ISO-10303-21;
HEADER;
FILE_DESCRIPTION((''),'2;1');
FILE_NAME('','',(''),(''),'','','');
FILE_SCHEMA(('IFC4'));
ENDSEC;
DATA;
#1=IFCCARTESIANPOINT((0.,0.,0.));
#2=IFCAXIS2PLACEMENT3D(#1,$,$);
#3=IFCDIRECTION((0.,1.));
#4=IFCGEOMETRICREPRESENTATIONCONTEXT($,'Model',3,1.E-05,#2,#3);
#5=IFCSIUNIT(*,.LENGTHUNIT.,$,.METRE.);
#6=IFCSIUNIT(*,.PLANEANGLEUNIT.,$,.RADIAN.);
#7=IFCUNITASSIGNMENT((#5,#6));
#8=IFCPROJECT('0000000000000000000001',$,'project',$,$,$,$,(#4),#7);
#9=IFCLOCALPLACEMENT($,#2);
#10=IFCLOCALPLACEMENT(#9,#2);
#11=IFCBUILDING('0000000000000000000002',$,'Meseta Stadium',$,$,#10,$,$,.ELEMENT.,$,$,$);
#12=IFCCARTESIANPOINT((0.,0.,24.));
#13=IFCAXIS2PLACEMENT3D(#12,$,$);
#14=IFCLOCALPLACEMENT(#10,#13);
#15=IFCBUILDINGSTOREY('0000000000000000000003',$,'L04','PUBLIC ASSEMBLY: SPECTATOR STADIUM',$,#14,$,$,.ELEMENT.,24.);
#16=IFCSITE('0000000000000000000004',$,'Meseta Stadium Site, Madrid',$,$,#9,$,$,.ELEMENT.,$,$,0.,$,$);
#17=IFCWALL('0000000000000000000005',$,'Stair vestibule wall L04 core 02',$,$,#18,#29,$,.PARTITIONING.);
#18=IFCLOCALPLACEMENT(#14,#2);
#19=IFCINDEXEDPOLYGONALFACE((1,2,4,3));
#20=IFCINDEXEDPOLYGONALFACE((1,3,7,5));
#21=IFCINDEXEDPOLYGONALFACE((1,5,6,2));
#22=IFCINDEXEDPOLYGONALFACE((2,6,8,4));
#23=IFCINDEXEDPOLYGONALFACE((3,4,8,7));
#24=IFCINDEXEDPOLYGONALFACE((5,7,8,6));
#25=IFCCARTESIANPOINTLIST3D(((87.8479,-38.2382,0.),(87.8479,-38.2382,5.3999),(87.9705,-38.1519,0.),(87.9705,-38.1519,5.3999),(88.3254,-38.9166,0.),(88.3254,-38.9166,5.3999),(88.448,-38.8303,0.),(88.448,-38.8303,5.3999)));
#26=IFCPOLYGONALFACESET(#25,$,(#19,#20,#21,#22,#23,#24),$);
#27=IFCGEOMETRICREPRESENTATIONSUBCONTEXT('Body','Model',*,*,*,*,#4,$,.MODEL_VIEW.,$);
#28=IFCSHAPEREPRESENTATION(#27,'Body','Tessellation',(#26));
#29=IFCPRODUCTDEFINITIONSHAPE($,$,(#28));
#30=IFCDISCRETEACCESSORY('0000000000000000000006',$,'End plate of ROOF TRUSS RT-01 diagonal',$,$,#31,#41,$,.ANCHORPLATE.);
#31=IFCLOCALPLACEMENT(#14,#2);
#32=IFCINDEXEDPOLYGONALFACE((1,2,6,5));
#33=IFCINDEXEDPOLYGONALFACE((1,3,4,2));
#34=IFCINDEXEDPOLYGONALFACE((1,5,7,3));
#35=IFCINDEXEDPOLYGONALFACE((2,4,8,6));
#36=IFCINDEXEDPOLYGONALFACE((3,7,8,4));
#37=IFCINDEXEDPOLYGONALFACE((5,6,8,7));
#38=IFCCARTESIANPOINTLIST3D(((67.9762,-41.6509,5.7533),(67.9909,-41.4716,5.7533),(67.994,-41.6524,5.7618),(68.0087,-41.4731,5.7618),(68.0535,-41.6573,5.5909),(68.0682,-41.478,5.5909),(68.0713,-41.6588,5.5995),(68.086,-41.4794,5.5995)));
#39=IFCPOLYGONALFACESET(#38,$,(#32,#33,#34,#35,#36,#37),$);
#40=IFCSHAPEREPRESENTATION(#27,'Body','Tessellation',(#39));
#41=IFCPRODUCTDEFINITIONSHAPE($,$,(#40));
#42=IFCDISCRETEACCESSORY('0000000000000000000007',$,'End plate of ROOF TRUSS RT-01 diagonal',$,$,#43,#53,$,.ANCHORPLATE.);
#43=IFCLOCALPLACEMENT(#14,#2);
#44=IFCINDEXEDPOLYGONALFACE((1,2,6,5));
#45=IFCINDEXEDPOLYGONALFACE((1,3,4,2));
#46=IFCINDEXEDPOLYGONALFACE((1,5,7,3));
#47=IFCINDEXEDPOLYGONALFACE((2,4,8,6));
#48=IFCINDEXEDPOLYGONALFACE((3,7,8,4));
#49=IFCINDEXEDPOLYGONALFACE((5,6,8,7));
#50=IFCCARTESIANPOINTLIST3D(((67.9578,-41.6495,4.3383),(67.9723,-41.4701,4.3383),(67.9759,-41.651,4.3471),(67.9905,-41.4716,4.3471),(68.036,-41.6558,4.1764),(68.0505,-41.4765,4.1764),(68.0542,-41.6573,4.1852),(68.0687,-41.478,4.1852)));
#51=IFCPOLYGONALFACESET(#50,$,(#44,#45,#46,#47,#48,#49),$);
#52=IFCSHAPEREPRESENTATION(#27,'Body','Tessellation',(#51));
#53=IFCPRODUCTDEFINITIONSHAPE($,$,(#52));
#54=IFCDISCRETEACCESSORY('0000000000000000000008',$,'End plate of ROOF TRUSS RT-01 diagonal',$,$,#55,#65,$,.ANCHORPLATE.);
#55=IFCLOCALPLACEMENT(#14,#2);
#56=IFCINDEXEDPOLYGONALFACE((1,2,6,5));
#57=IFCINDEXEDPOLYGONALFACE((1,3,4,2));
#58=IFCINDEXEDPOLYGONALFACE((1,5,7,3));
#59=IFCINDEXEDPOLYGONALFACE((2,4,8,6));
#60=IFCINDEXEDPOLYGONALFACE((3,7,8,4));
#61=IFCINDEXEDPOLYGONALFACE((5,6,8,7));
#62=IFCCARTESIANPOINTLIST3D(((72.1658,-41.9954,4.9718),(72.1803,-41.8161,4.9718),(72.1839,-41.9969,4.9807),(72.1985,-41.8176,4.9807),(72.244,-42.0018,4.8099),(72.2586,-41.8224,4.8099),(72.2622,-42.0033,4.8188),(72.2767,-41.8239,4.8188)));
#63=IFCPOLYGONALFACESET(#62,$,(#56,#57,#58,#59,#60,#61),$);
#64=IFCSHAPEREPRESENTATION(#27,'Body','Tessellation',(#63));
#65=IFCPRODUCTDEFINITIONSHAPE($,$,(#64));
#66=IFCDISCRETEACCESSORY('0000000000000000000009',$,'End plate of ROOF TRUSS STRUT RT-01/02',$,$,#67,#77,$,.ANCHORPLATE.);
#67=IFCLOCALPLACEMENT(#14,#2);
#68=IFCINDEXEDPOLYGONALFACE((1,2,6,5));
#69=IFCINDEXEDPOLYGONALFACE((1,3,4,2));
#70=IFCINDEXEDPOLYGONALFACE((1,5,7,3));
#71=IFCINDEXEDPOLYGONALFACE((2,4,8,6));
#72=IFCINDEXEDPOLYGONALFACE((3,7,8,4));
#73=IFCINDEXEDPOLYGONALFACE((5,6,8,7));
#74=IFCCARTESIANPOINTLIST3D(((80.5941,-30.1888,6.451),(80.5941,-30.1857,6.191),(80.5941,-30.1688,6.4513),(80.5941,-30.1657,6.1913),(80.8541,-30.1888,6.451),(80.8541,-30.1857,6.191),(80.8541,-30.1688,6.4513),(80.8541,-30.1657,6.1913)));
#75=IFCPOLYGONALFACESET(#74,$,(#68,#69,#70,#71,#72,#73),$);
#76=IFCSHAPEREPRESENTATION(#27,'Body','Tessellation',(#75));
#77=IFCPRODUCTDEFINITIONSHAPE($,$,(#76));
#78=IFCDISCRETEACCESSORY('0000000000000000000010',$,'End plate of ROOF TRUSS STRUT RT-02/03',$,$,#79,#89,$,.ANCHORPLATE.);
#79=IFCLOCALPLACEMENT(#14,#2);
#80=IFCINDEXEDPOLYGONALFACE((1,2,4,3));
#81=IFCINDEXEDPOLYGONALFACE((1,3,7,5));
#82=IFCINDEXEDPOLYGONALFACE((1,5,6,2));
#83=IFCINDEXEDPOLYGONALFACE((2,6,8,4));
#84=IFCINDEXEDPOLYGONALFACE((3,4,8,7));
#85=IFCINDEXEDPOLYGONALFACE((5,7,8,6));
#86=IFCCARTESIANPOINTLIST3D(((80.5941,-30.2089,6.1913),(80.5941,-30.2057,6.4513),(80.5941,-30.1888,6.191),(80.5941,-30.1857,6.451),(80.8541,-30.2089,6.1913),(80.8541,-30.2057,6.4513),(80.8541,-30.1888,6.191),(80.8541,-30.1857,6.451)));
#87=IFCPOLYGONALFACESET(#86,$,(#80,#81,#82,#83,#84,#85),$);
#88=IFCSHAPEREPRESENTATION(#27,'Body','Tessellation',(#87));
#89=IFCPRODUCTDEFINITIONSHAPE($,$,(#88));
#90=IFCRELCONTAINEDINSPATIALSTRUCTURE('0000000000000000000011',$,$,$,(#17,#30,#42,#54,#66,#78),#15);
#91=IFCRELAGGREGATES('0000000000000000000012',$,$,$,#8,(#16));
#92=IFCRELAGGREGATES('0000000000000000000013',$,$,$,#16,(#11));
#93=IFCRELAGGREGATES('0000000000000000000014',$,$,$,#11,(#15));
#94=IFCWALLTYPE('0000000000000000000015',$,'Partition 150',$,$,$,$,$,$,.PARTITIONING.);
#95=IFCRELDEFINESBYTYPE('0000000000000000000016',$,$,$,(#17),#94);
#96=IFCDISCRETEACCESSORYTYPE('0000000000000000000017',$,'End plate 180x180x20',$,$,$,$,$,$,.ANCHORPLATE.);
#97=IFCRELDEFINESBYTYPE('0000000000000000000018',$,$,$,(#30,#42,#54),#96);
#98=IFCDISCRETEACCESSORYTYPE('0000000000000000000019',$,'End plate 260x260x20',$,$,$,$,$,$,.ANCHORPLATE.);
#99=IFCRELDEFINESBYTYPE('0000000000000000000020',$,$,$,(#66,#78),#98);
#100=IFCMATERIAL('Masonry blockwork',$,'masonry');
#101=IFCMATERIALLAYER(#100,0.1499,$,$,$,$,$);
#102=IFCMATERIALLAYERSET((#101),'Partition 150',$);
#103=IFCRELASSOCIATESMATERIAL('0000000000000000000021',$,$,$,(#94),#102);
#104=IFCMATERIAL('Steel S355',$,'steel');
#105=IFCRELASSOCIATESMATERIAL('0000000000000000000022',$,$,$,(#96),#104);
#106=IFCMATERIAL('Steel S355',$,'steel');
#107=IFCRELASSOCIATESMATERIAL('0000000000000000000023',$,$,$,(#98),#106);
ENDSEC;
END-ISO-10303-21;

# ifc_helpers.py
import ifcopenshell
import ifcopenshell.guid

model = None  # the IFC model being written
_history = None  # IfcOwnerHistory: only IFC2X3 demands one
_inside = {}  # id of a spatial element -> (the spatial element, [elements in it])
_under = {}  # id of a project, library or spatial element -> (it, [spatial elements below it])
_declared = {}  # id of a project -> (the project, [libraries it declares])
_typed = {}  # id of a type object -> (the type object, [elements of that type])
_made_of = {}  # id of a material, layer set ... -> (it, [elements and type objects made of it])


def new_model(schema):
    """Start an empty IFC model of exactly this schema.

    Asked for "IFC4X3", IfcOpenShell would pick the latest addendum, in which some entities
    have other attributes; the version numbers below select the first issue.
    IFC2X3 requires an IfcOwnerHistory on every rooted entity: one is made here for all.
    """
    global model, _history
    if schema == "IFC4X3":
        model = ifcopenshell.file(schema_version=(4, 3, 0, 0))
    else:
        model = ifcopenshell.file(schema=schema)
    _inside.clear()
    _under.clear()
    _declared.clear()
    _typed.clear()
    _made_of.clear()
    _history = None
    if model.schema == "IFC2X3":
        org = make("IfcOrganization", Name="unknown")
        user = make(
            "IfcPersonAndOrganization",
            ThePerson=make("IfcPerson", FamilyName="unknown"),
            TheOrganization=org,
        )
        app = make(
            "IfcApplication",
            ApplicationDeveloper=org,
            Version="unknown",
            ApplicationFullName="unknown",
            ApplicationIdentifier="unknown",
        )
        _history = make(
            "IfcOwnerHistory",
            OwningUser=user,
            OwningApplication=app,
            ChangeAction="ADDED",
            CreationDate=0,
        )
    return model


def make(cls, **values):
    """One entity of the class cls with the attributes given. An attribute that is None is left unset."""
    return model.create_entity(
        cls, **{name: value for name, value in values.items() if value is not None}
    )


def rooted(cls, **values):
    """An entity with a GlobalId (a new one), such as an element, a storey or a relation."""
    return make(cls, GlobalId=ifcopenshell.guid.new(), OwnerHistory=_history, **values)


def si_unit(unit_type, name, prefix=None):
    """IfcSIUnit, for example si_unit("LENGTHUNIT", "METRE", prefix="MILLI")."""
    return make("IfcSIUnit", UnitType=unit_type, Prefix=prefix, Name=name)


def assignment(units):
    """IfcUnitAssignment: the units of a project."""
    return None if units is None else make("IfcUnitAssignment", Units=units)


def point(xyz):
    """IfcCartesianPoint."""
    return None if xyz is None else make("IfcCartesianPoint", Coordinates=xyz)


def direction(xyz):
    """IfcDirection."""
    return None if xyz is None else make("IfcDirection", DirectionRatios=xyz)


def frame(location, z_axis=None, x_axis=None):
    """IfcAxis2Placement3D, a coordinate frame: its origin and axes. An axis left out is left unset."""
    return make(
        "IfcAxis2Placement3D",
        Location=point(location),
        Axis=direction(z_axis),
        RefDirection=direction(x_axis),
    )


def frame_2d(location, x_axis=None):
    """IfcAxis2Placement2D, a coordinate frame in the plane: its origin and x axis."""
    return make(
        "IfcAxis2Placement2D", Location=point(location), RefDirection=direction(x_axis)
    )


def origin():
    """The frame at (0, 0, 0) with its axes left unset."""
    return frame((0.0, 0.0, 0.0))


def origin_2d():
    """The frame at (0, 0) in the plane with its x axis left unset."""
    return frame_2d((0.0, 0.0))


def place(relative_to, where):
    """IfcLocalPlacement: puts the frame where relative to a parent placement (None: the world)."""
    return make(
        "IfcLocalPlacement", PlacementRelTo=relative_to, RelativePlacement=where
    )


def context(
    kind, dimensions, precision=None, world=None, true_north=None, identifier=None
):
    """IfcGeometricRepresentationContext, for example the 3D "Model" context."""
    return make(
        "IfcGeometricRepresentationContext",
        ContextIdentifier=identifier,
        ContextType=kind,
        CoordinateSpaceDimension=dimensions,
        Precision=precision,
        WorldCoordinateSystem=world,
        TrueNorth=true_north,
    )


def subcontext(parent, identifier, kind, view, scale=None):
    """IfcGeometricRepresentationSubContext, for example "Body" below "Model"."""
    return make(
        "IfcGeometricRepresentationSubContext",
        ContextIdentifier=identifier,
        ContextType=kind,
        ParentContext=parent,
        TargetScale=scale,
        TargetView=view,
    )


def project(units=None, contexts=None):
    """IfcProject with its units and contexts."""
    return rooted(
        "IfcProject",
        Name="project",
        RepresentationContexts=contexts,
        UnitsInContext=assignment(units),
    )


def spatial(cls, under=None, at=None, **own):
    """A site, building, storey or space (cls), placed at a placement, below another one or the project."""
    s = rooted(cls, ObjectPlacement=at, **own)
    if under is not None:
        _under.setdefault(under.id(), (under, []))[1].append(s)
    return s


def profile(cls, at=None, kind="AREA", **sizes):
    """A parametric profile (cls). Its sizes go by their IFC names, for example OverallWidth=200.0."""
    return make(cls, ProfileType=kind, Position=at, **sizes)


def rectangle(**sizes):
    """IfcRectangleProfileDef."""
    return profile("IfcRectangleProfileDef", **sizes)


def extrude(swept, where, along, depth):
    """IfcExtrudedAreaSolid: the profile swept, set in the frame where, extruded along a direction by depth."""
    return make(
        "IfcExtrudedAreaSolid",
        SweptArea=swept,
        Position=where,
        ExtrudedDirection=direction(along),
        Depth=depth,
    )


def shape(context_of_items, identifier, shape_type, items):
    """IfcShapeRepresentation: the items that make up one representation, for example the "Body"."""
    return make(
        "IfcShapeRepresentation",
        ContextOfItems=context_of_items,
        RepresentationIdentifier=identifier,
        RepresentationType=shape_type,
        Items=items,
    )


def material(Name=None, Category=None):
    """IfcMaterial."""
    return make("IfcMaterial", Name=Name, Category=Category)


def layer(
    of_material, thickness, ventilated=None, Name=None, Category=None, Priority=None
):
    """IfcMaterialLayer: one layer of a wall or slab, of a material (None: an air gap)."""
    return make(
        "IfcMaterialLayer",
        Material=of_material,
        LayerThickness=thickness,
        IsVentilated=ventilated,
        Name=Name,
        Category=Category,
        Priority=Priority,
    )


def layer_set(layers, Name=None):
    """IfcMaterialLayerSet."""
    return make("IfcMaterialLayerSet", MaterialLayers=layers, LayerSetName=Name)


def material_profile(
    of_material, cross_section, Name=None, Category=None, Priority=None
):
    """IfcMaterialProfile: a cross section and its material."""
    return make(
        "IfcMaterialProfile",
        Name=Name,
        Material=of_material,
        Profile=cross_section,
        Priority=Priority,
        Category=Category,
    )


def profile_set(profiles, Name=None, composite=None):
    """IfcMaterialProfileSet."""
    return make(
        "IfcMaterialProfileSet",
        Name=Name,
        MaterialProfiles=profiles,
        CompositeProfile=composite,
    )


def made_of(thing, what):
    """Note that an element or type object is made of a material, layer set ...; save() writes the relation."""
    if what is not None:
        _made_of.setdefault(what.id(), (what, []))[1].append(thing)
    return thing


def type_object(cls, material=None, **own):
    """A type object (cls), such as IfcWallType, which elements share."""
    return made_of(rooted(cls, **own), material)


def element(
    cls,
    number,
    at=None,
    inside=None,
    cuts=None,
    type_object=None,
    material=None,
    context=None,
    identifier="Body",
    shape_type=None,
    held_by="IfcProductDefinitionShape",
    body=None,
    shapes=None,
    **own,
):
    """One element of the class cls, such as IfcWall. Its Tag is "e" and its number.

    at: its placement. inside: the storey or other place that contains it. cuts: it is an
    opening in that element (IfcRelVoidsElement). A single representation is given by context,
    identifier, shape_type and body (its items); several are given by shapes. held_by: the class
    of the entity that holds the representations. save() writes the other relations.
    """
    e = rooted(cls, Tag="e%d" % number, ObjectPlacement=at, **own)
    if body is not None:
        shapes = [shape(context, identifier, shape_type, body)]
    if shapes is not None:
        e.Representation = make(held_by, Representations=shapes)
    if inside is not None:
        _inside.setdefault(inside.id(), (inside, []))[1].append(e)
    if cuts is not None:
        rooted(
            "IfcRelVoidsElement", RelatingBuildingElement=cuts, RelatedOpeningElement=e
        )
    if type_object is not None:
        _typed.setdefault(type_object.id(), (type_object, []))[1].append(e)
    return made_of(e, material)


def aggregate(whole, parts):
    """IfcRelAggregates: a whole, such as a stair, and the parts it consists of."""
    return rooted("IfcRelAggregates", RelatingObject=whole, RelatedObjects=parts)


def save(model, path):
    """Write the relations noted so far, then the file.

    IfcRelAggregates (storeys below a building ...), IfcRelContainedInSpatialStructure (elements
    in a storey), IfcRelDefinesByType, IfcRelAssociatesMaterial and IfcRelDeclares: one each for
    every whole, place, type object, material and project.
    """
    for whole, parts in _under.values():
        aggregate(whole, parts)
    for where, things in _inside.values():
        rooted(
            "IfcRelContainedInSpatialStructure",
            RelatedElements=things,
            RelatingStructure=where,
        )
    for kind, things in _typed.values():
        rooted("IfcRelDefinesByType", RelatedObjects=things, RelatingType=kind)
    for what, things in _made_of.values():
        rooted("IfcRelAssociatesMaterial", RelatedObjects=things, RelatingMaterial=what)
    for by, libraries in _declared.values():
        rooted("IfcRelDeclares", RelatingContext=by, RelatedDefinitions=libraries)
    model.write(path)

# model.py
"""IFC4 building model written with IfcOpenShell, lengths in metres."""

from ifc_helpers import new_model, si_unit, direction, frame, frame_2d, origin, origin_2d, place, context, subcontext, project, spatial, rectangle, extrude, material, layer, layer_set, material_profile, profile_set, type_object, element, save


model = new_model("IFC4")

# Units and contexts
model_context = context("Model", 3, precision=1e-05, world=origin(), true_north=direction((0.0, 1.0)))
body_context = subcontext(model_context, "Body", "Model", "MODEL_VIEW")
ifc_project = project(units=[si_unit("LENGTHUNIT", "METRE"), si_unit("PLANEANGLEUNIT", "RADIAN")], contexts=[model_context])

# Site, building, storey
site_placement = place(None, origin())
site = spatial("IfcSite", under=ifc_project, at=site_placement, Name="Meseta Stadium Site, Madrid", CompositionType="ELEMENT", RefElevation=0.0)
building_placement = place(site_placement, origin())
building = spatial("IfcBuilding", under=site, at=building_placement, Name="Meseta Stadium", CompositionType="ELEMENT")
storey_placement = place(building_placement, frame((0.0, 0.0, 24.0)))
storey = spatial("IfcBuildingStorey", under=building, at=storey_placement, Name="L04", Description="PUBLIC ASSEMBLY: SPECTATOR STADIUM", CompositionType="ELEMENT", Elevation=24.0)

# Shared definitions
ifc_material_1 = material(Name="Masonry blockwork", Category="masonry")
ifc_layer_1 = layer(ifc_material_1, 0.1499)
ifc_layer_set_1 = layer_set([ifc_layer_1], Name="Partition 150")
wall_type_1 = type_object("IfcWallType", Name="Partition 150", PredefinedType="PARTITIONING", material=ifc_layer_set_1)

# Wall
wall_1_placement = place(storey_placement, frame((87.9092, -38.1951, 0.0), z_axis=(0.0, 0.0, 1.0), x_axis=(0.575574, -0.81775, 0.0)))
element("IfcWall", 1, at=wall_1_placement, inside=storey, type_object=wall_type_1, Name="Stair vestibule wall L04 core 02", PredefinedType="PARTITIONING", context=body_context, shape_type="SweptSolid", body=[
    extrude(rectangle(XDim=0.8296, YDim=0.1499, at=frame_2d((0.4148, 0.0))), origin(), (0.0, 0.0, 1.0), 5.3999),
])

# Discrete accessories
ifc_material_2 = material(Name="Steel S355", Category="steel")
ifc_material_profile_1 = material_profile(ifc_material_2, rectangle(XDim=0.1799, YDim=0.1799, at=origin_2d()), Name="PL 180x180")
ifc_profile_set_1 = profile_set([ifc_material_profile_1], Name="Steel S355")
discrete_accessory_type_1 = type_object("IfcDiscreteAccessoryType", Name="End plate 180x180x20", PredefinedType="ANCHORPLATE", material=ifc_profile_set_1)
discrete_accessory_placement = place(storey_placement, frame((68.0222, -41.5645, 5.6721), z_axis=(0.899249, -0.073911, 0.431147), x_axis=(0.081916, 0.996639, 0.0)))
element("IfcDiscreteAccessory", 2, at=discrete_accessory_placement, inside=storey, type_object=discrete_accessory_type_1, Name="End plate of ROOF TRUSS RT-01 diagonal", PredefinedType="ANCHORPLATE", context=body_context, shape_type="SweptSolid", body=[
    extrude(rectangle(XDim=0.1799, YDim=0.1799, at=origin_2d()), origin(), (0.0, 0.0, 1.0), 0.0198),
])
for number, where, z_axis, x_axis, name in (
    (3, (68.0042, -41.563, 4.2573), (0.896854, -0.072718, 0.436308), (0.080816, 0.996729, 0.0), "End plate of ROOF TRUSS RT-01 diagonal"),
    (4, (72.2122, -41.9089, 4.8909), (0.896854, -0.072718, 0.436308), (0.080816, 0.996729, 0.0), "End plate of ROOF TRUSS RT-01 diagonal"),
):
    element("IfcDiscreteAccessory", number, at=place(storey_placement, frame(where, z_axis=z_axis, x_axis=x_axis)), inside=storey, type_object=discrete_accessory_type_1, Name=name, PredefinedType="ANCHORPLATE", context=body_context, shape_type="SweptSolid", body=[
        extrude(rectangle(XDim=0.1799, YDim=0.1799, at=origin_2d()), origin(), (0.0, 0.0, 1.0), 0.0203),
    ])
ifc_material_3 = material(Name="Steel S355", Category="steel")
ifc_material_profile_2 = material_profile(ifc_material_3, rectangle(XDim=0.26, YDim=0.26, at=origin_2d()), Name="PL 260x260")
ifc_profile_set_2 = profile_set([ifc_material_profile_2], Name="Steel S355")
discrete_accessory_type_2 = type_object("IfcDiscreteAccessoryType", Name="End plate 260x260x20", PredefinedType="ANCHORPLATE", material=ifc_profile_set_2)
for number, where, z_axis, x_axis, name in (
    (5, (80.7241, -30.1873, 6.321), (0.0, 0.999926, 0.012194), (-1.0, 0.0, 0.0), "End plate of ROOF TRUSS STRUT RT-01/02"),
    (6, (80.7241, -30.2073, 6.3213), (0.0, 0.999926, -0.012194), (-1.0, 0.0, 0.0), "End plate of ROOF TRUSS STRUT RT-02/03"),
):
    element("IfcDiscreteAccessory", number, at=place(storey_placement, frame(where, z_axis=z_axis, x_axis=x_axis)), inside=storey, type_object=discrete_accessory_type_2, Name=name, PredefinedType="ANCHORPLATE", context=body_context, shape_type="SweptSolid", body=[
        extrude(rectangle(XDim=0.26, YDim=0.26, at=origin_2d()), origin(), (0.0, 0.0, 1.0), 0.02),
    ])

save(model, "model.ifc")
